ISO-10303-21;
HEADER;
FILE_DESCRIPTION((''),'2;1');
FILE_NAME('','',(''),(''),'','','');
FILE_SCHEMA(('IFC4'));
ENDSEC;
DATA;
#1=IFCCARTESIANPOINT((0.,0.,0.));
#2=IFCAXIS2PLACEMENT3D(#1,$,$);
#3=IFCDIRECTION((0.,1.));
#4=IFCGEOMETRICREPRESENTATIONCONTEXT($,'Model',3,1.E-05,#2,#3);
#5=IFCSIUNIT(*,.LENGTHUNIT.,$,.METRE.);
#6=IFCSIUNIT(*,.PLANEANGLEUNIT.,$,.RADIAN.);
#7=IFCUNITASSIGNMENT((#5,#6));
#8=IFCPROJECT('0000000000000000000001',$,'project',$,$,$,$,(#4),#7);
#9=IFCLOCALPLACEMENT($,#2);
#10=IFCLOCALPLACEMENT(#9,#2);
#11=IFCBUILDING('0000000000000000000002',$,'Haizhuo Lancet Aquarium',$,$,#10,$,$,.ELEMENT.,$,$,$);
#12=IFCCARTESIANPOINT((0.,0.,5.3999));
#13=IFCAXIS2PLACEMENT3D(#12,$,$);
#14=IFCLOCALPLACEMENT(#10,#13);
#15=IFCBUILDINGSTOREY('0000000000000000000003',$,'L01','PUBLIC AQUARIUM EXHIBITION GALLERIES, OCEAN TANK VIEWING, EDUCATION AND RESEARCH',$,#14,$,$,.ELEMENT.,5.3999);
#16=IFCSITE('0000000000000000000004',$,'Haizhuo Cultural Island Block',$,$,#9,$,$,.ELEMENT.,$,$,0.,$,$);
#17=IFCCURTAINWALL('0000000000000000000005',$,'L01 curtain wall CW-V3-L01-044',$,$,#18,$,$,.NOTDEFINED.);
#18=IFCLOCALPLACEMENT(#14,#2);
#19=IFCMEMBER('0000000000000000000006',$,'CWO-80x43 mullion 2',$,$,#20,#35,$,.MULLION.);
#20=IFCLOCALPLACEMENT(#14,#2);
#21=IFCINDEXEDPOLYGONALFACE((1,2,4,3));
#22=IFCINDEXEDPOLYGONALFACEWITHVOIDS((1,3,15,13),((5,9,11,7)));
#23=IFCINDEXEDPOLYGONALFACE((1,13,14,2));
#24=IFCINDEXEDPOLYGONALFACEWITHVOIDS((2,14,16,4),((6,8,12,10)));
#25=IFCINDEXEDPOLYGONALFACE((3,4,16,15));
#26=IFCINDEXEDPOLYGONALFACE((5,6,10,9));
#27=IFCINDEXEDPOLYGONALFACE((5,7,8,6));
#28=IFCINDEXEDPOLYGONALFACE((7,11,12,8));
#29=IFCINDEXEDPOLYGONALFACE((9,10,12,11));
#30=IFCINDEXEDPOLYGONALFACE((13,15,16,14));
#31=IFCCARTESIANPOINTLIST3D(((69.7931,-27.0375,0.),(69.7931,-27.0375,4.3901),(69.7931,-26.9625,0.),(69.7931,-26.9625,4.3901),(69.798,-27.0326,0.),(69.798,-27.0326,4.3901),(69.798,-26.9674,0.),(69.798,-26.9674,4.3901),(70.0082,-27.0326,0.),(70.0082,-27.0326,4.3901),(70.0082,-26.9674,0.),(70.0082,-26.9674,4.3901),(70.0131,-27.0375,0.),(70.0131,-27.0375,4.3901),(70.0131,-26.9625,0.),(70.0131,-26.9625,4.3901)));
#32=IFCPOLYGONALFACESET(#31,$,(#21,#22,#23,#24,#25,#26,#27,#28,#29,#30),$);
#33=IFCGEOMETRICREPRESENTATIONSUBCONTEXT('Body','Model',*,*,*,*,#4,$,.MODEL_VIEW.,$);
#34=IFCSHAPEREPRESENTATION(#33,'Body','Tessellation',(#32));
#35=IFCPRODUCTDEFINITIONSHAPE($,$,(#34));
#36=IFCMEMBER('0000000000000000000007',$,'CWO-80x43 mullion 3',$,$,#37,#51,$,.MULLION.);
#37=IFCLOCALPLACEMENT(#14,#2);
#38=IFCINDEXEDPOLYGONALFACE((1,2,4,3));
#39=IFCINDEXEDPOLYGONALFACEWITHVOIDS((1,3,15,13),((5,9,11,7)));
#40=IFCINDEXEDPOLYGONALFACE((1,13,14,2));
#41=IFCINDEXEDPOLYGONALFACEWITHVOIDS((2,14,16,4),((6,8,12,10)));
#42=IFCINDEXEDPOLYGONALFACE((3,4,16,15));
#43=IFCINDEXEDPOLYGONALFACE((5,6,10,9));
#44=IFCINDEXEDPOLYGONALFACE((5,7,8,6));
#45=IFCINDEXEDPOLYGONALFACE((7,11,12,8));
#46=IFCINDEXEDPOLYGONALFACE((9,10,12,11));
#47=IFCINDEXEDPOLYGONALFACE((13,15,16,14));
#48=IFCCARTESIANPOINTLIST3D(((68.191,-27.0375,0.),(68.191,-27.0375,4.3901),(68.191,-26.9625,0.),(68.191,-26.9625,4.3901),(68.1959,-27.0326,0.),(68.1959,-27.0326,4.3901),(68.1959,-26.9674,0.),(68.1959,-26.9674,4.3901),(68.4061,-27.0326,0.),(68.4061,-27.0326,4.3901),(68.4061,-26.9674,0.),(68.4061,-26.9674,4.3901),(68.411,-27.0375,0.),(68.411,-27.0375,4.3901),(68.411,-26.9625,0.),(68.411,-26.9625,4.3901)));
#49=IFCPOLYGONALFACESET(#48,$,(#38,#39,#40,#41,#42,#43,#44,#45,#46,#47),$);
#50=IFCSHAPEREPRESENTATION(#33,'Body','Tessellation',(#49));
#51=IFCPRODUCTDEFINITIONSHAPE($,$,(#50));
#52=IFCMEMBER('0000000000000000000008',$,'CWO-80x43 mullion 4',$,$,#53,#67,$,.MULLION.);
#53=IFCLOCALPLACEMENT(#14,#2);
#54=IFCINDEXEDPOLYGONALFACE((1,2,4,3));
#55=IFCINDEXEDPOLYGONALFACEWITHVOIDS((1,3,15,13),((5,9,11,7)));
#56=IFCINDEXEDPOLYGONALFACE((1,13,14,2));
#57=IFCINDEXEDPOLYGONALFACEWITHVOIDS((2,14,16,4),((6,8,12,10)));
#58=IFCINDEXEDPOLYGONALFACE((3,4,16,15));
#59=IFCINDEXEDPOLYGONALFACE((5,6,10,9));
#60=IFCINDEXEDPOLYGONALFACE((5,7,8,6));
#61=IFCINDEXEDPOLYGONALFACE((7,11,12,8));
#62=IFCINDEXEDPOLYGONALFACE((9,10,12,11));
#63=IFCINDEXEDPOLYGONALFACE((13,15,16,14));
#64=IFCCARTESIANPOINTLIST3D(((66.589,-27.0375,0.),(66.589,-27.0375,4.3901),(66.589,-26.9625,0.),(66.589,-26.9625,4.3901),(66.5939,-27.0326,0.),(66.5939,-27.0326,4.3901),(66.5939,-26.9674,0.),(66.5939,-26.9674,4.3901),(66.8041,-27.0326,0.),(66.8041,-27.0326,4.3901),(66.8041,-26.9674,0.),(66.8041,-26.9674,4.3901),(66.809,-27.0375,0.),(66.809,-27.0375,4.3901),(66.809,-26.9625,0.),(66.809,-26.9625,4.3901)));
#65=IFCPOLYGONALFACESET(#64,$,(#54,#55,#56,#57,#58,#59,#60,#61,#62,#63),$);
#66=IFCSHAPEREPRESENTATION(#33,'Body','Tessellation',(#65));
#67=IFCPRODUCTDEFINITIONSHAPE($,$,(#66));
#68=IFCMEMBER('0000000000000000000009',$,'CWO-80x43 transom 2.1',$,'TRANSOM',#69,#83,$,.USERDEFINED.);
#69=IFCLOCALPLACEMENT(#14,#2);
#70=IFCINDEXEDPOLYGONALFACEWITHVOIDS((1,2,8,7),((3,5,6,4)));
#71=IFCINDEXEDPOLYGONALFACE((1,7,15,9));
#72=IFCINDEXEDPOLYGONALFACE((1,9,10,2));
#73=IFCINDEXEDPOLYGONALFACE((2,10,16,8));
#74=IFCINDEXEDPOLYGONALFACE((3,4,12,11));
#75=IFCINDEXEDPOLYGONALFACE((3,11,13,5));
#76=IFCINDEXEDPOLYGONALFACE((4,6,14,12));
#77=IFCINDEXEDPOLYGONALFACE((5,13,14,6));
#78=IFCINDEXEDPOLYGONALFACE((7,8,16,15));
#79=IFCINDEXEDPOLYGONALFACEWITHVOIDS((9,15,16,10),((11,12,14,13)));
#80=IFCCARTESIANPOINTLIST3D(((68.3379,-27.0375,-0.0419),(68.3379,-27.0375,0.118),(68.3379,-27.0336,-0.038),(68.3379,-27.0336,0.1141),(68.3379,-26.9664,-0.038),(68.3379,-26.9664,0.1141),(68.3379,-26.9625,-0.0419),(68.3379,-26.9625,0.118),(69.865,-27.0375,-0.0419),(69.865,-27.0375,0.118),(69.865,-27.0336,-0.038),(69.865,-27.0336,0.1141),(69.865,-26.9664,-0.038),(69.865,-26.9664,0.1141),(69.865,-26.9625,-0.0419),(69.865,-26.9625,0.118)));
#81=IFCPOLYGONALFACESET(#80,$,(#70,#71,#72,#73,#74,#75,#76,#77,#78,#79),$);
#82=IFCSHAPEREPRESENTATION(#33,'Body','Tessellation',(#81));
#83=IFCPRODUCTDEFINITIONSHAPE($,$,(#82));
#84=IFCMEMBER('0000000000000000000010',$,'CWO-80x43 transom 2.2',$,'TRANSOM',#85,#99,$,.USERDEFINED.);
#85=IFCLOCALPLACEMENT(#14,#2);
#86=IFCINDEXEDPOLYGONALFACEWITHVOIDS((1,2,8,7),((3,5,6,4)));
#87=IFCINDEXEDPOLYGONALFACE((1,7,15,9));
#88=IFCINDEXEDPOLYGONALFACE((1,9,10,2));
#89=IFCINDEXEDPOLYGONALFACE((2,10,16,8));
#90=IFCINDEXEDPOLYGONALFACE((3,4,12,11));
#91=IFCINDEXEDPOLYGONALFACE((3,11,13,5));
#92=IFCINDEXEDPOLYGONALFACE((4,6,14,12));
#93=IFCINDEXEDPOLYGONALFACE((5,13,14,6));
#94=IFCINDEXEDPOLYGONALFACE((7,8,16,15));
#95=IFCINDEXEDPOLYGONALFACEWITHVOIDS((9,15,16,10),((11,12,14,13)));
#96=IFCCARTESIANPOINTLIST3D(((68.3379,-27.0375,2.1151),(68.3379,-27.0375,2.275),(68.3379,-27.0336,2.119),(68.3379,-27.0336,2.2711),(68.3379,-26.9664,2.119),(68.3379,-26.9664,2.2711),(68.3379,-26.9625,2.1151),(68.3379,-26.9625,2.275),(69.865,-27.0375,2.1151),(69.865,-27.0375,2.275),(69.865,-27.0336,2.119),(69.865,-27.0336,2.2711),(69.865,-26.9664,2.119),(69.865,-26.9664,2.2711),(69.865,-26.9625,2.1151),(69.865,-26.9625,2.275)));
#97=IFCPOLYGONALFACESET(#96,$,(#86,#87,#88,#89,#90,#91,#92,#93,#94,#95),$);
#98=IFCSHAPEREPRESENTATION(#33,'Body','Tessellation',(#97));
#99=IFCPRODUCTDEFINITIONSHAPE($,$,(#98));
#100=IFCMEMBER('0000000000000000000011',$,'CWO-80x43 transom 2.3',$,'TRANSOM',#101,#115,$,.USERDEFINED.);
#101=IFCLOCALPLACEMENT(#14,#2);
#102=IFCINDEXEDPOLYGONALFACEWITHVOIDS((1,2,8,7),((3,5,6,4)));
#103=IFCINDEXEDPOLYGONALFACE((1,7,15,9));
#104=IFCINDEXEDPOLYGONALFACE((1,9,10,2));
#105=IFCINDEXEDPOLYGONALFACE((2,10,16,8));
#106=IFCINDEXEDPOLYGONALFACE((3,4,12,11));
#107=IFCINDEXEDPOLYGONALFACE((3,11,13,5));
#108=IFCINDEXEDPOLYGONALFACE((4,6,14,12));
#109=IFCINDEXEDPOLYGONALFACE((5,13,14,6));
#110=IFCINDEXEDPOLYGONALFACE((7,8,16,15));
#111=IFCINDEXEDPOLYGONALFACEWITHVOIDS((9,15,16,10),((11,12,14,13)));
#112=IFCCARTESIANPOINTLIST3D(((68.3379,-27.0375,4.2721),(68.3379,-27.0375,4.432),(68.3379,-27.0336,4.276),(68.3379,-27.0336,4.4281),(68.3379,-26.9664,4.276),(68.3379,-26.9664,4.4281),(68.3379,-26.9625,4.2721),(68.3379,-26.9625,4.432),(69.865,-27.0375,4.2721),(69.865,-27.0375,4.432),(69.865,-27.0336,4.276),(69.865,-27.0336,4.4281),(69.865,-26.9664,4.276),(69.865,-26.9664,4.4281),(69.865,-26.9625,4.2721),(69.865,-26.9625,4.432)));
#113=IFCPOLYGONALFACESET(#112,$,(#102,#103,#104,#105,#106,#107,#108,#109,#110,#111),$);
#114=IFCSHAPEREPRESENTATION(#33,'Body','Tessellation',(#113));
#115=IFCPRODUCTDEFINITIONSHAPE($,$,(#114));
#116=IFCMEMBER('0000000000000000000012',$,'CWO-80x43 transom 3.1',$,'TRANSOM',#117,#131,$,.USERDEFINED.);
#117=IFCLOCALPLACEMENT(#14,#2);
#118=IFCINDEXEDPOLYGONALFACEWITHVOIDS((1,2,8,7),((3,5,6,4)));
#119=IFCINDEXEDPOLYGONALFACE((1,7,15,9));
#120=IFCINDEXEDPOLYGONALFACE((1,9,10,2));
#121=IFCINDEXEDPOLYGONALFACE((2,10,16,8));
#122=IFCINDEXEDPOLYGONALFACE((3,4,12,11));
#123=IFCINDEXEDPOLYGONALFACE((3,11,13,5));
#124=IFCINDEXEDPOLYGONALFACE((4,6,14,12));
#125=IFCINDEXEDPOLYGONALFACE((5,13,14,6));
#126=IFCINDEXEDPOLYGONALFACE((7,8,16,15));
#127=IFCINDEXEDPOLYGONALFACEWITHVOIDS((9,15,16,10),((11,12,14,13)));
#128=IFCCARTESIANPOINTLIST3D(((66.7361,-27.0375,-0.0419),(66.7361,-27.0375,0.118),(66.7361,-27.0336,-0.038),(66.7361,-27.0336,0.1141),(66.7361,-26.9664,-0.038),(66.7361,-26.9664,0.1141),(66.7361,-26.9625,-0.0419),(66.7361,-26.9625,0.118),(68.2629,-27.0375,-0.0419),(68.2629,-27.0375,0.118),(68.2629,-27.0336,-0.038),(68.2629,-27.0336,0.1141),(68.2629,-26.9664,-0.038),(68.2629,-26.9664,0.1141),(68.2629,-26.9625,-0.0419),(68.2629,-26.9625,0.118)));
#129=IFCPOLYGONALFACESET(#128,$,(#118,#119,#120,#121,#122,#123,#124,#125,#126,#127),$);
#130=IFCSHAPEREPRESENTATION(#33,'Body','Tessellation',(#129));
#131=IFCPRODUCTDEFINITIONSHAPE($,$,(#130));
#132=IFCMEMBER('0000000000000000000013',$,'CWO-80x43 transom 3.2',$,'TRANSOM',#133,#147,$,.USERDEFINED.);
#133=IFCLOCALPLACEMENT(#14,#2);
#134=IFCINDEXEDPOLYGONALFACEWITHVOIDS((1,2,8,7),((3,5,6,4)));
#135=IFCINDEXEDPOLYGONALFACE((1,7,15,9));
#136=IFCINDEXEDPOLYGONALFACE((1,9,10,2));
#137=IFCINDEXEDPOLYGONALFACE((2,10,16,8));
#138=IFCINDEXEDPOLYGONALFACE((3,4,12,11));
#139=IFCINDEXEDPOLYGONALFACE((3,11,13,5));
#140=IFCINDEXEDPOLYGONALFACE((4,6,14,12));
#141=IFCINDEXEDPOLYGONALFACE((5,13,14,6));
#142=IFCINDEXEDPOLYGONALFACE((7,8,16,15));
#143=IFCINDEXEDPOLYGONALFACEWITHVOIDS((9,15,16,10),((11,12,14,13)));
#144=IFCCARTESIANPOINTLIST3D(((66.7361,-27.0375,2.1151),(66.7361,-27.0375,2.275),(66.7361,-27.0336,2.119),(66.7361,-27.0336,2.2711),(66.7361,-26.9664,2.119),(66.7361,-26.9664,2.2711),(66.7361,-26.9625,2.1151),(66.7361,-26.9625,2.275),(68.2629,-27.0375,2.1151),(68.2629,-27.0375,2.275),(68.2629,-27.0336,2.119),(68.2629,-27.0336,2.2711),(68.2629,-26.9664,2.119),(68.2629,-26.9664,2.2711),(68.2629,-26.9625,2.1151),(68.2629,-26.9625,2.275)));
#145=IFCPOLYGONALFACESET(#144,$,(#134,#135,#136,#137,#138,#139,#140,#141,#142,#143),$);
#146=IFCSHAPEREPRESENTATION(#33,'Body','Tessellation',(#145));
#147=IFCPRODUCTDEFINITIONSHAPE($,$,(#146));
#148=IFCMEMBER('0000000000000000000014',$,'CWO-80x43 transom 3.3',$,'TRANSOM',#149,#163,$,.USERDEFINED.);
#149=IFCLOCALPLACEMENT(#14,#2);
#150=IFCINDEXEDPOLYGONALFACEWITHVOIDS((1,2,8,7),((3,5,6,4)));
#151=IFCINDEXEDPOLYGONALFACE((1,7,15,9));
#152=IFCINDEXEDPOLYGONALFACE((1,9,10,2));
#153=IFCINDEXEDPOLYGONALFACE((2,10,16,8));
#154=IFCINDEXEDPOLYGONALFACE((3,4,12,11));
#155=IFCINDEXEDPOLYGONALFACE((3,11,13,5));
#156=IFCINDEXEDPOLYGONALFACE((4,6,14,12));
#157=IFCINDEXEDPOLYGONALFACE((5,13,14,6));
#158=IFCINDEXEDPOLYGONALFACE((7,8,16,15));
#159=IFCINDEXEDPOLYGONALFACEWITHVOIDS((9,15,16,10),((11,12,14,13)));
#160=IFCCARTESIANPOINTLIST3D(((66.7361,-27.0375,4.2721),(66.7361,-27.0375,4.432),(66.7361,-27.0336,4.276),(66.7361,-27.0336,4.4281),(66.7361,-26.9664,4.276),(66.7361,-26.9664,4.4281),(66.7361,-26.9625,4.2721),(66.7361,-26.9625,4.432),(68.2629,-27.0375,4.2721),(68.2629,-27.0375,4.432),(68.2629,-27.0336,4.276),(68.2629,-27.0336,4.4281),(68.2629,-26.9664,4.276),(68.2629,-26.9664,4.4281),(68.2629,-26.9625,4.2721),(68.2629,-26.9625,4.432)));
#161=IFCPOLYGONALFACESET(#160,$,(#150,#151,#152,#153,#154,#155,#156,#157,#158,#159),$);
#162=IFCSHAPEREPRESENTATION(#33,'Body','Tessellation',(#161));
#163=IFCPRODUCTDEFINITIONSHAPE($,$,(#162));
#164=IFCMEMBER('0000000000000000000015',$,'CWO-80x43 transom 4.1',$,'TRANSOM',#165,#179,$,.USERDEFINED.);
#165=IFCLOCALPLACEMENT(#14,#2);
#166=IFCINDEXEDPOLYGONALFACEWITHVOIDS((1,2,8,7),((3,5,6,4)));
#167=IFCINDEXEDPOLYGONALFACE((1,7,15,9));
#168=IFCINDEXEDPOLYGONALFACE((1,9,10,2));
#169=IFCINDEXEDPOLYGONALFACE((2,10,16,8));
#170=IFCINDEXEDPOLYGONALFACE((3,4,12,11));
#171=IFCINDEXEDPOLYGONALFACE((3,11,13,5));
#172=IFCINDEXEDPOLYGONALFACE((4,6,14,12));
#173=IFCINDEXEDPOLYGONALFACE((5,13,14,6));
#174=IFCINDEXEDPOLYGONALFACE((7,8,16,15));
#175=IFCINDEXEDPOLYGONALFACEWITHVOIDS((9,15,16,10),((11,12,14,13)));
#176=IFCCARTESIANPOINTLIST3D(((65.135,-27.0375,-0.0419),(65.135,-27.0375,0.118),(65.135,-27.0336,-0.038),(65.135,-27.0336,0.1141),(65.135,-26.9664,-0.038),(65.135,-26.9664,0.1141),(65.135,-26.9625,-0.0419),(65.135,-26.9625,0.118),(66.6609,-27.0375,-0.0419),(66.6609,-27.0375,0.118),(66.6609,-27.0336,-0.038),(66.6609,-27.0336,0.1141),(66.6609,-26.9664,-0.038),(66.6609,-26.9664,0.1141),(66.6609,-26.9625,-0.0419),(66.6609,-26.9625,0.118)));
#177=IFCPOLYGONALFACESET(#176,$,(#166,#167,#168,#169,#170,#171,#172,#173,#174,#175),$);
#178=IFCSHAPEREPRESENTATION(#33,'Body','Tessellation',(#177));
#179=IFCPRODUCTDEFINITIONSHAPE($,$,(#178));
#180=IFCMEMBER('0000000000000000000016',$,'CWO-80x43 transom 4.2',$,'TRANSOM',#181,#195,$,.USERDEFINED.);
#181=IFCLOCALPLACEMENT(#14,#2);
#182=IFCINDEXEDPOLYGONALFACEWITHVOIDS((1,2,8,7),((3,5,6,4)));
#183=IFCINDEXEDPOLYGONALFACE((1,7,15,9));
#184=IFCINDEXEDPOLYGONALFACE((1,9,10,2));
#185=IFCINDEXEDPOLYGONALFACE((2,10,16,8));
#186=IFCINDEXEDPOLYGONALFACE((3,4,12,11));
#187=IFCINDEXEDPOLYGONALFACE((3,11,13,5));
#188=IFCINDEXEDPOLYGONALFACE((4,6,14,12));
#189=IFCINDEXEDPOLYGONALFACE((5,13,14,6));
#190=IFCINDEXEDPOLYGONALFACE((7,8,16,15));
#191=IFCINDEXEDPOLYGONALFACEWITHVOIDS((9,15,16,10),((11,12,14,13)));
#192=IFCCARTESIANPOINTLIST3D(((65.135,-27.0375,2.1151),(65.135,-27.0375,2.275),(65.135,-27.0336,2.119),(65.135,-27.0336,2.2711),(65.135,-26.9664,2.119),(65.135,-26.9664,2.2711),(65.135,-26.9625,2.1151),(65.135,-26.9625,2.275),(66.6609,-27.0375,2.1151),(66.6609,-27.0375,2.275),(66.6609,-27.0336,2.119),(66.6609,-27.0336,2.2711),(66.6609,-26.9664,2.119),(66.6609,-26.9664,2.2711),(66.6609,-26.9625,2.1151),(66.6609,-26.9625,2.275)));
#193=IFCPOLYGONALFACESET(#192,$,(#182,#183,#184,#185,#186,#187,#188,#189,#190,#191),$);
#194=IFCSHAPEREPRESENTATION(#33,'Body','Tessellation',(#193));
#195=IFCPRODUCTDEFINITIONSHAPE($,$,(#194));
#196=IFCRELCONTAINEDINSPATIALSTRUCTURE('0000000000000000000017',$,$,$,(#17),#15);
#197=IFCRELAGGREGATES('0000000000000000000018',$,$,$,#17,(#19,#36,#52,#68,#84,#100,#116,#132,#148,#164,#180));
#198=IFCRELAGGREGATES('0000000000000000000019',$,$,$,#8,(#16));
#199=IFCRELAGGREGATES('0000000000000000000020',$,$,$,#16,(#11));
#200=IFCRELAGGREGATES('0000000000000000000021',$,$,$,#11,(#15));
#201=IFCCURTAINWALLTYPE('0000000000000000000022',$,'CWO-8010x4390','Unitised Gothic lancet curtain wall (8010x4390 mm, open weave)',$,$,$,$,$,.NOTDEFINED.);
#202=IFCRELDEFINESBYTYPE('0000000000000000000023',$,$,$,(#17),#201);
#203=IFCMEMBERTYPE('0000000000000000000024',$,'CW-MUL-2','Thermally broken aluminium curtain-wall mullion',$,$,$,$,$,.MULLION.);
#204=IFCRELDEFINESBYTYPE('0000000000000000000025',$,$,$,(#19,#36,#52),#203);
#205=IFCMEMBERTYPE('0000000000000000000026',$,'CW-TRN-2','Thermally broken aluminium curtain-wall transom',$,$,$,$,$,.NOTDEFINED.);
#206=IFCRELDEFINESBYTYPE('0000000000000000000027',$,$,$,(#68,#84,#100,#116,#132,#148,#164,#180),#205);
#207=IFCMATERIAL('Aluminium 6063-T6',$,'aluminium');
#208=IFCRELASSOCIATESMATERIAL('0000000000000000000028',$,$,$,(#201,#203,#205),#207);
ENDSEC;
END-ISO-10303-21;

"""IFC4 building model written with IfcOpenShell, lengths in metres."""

from ifc_helpers import new_model, si_unit, direction, frame, origin, origin_2d, place, context, subcontext, project, spatial, hollow_rectangle, extrude, material, material_profile, profile_set, type_object, element, aggregate, save


model = new_model("IFC4")

# Units and contexts
model_context = context("Model", 3, precision=1e-05, world=origin(), true_north=direction((0.0, 1.0)))
body_context = subcontext(model_context, "Body", "Model", "MODEL_VIEW")
ifc_project = project(units=[si_unit("LENGTHUNIT", "METRE"), si_unit("PLANEANGLEUNIT", "RADIAN")], contexts=[model_context])

# Site, building, storey
site_placement = place(None, origin())
site = spatial("IfcSite", under=ifc_project, at=site_placement, Name="Haizhuo Cultural Island Block", CompositionType="ELEMENT", RefElevation=0.0)
building_placement = place(site_placement, origin())
building = spatial("IfcBuilding", under=site, at=building_placement, Name="Haizhuo Lancet Aquarium", CompositionType="ELEMENT")
storey_placement = place(building_placement, frame((0.0, 0.0, 5.3999)))
storey = spatial("IfcBuildingStorey", under=building, at=storey_placement, Name="L01", Description="PUBLIC AQUARIUM EXHIBITION GALLERIES, OCEAN TANK VIEWING, EDUCATION AND RESEARCH", CompositionType="ELEMENT", Elevation=5.3999)

# Curtain wall, members
ifc_material_1 = material(Name="Aluminium 6063-T6", Category="aluminium")
curtain_wall_type = type_object("IfcCurtainWallType", Name="CWO-8010x4390", Description="Unitised Gothic lancet curtain wall (8010x4390 mm, open weave)", PredefinedType="NOTDEFINED", material=ifc_material_1)
curtain_wall_placement = place(storey_placement, origin())
curtain_wall = element("IfcCurtainWall", 1, at=curtain_wall_placement, inside=storey, type_object=curtain_wall_type, Name="L01 curtain wall CW-V3-L01-044", PredefinedType="NOTDEFINED")
ifc_material_profile_1 = material_profile(ifc_material_1, hollow_rectangle(XDim=0.075, YDim=0.22, WallThickness=0.0049, at=origin_2d()), Name="ALU-M 75x220x5")
ifc_profile_set_1 = profile_set([ifc_material_profile_1], Name="Aluminium 6063-T6")
member_type_1 = type_object("IfcMemberType", Name="CW-MUL-2", Description="Thermally broken aluminium curtain-wall mullion", PredefinedType="MULLION", material=ifc_profile_set_1)
member_1_placement = place(storey_placement, frame((69.9031, -27.0, 0.0), z_axis=(0.0, 0.0, 1.0), x_axis=(0.0, -1.0, 0.0)))
member_1 = element("IfcMember", 2, at=member_1_placement, type_object=member_type_1, Name="CWO-80x43 mullion 2", PredefinedType="MULLION", context=body_context, shape_type="SweptSolid", body=[
    extrude(hollow_rectangle(XDim=0.075, YDim=0.22, WallThickness=0.0049, at=origin_2d()), origin(), (0.0, 0.0, 1.0), 4.3901),
])
member_2_placement = place(storey_placement, frame((68.301, -27.0, 0.0), z_axis=(0.0, 0.0, 1.0), x_axis=(0.0, -1.0, 0.0)))
member_2 = element("IfcMember", 3, at=member_2_placement, type_object=member_type_1, Name="CWO-80x43 mullion 3", PredefinedType="MULLION", context=body_context, shape_type="SweptSolid", body=[
    extrude(hollow_rectangle(XDim=0.075, YDim=0.22, WallThickness=0.0049, at=origin_2d()), origin(), (0.0, 0.0, 1.0), 4.3901),
])
member_3_placement = place(storey_placement, frame((66.699, -27.0, 0.0), z_axis=(0.0, 0.0, 1.0), x_axis=(0.0, -1.0, 0.0)))
member_3 = element("IfcMember", 4, at=member_3_placement, type_object=member_type_1, Name="CWO-80x43 mullion 4", PredefinedType="MULLION", context=body_context, shape_type="SweptSolid", body=[
    extrude(hollow_rectangle(XDim=0.075, YDim=0.22, WallThickness=0.0049, at=origin_2d()), origin(), (0.0, 0.0, 1.0), 4.3901),
])
ifc_material_profile_2 = material_profile(ifc_material_1, hollow_rectangle(XDim=0.075, YDim=0.1599, WallThickness=0.0039, at=origin_2d()), Name="ALU-T 75x160x4")
ifc_profile_set_2 = profile_set([ifc_material_profile_2], Name="Aluminium 6063-T6")
member_type_2 = type_object("IfcMemberType", Name="CW-TRN-2", Description="Thermally broken aluminium curtain-wall transom", PredefinedType="NOTDEFINED", material=ifc_profile_set_2)
member_4_placement = place(storey_placement, frame((69.865, -27.0, 0.0381), z_axis=(-1.0, 0.0, 0.0), x_axis=(0.0, -1.0, 0.0)))
member_4 = element("IfcMember", 5, at=member_4_placement, type_object=member_type_2, Name="CWO-80x43 transom 2.1", ObjectType="TRANSOM", PredefinedType="USERDEFINED", context=body_context, shape_type="SweptSolid", body=[
    extrude(hollow_rectangle(XDim=0.075, YDim=0.1599, WallThickness=0.0039, at=origin_2d()), origin(), (0.0, 0.0, 1.0), 1.5271),
])
member_5_placement = place(storey_placement, frame((69.865, -27.0, 2.1951), z_axis=(-1.0, 0.0, 0.0), x_axis=(0.0, -1.0, 0.0)))
member_5 = element("IfcMember", 6, at=member_5_placement, type_object=member_type_2, Name="CWO-80x43 transom 2.2", ObjectType="TRANSOM", PredefinedType="USERDEFINED", context=body_context, shape_type="SweptSolid", body=[
    extrude(hollow_rectangle(XDim=0.075, YDim=0.1599, WallThickness=0.0039, at=origin_2d()), origin(), (0.0, 0.0, 1.0), 1.5271),
])
member_6_placement = place(storey_placement, frame((69.865, -27.0, 4.3521), z_axis=(-1.0, 0.0, 0.0), x_axis=(0.0, -1.0, 0.0)))
member_6 = element("IfcMember", 7, at=member_6_placement, type_object=member_type_2, Name="CWO-80x43 transom 2.3", ObjectType="TRANSOM", PredefinedType="USERDEFINED", context=body_context, shape_type="SweptSolid", body=[
    extrude(hollow_rectangle(XDim=0.075, YDim=0.1599, WallThickness=0.0039, at=origin_2d()), origin(), (0.0, 0.0, 1.0), 1.5271),
])
member_7_placement = place(storey_placement, frame((68.2629, -27.0, 0.0381), z_axis=(-1.0, 0.0, 0.0), x_axis=(0.0, -1.0, 0.0)))
member_7 = element("IfcMember", 8, at=member_7_placement, type_object=member_type_2, Name="CWO-80x43 transom 3.1", ObjectType="TRANSOM", PredefinedType="USERDEFINED", context=body_context, shape_type="SweptSolid", body=[
    extrude(hollow_rectangle(XDim=0.075, YDim=0.1599, WallThickness=0.0039, at=origin_2d()), origin(), (0.0, 0.0, 1.0), 1.5269),
])
member_8_placement = place(storey_placement, frame((68.2629, -27.0, 2.1951), z_axis=(-1.0, 0.0, 0.0), x_axis=(0.0, -1.0, 0.0)))
member_8 = element("IfcMember", 9, at=member_8_placement, type_object=member_type_2, Name="CWO-80x43 transom 3.2", ObjectType="TRANSOM", PredefinedType="USERDEFINED", context=body_context, shape_type="SweptSolid", body=[
    extrude(hollow_rectangle(XDim=0.075, YDim=0.1599, WallThickness=0.0039, at=origin_2d()), origin(), (0.0, 0.0, 1.0), 1.5269),
])
member_9_placement = place(storey_placement, frame((68.2629, -27.0, 4.3521), z_axis=(-1.0, 0.0, 0.0), x_axis=(0.0, -1.0, 0.0)))
member_9 = element("IfcMember", 10, at=member_9_placement, type_object=member_type_2, Name="CWO-80x43 transom 3.3", ObjectType="TRANSOM", PredefinedType="USERDEFINED", context=body_context, shape_type="SweptSolid", body=[
    extrude(hollow_rectangle(XDim=0.075, YDim=0.1599, WallThickness=0.0039, at=origin_2d()), origin(), (0.0, 0.0, 1.0), 1.5269),
])
member_10_placement = place(storey_placement, frame((66.6609, -27.0, 0.0381), z_axis=(-1.0, 0.0, 0.0), x_axis=(0.0, -1.0, 0.0)))
member_10 = element("IfcMember", 11, at=member_10_placement, type_object=member_type_2, Name="CWO-80x43 transom 4.1", ObjectType="TRANSOM", PredefinedType="USERDEFINED", context=body_context, shape_type="SweptSolid", body=[
    extrude(hollow_rectangle(XDim=0.075, YDim=0.1599, WallThickness=0.0039, at=origin_2d()), origin(), (0.0, 0.0, 1.0), 1.5259),
])
member_11_placement = place(storey_placement, frame((66.6609, -27.0, 2.1951), z_axis=(-1.0, 0.0, 0.0), x_axis=(0.0, -1.0, 0.0)))
member_11 = element("IfcMember", 12, at=member_11_placement, type_object=member_type_2, Name="CWO-80x43 transom 4.2", ObjectType="TRANSOM", PredefinedType="USERDEFINED", context=body_context, shape_type="SweptSolid", body=[
    extrude(hollow_rectangle(XDim=0.075, YDim=0.1599, WallThickness=0.0039, at=origin_2d()), origin(), (0.0, 0.0, 1.0), 1.5259),
])

aggregate(curtain_wall, [member_1, member_2, member_3, member_4, member_5, member_6, member_7, member_8, member_9, member_10, member_11])

save(model, "model.ifc")
